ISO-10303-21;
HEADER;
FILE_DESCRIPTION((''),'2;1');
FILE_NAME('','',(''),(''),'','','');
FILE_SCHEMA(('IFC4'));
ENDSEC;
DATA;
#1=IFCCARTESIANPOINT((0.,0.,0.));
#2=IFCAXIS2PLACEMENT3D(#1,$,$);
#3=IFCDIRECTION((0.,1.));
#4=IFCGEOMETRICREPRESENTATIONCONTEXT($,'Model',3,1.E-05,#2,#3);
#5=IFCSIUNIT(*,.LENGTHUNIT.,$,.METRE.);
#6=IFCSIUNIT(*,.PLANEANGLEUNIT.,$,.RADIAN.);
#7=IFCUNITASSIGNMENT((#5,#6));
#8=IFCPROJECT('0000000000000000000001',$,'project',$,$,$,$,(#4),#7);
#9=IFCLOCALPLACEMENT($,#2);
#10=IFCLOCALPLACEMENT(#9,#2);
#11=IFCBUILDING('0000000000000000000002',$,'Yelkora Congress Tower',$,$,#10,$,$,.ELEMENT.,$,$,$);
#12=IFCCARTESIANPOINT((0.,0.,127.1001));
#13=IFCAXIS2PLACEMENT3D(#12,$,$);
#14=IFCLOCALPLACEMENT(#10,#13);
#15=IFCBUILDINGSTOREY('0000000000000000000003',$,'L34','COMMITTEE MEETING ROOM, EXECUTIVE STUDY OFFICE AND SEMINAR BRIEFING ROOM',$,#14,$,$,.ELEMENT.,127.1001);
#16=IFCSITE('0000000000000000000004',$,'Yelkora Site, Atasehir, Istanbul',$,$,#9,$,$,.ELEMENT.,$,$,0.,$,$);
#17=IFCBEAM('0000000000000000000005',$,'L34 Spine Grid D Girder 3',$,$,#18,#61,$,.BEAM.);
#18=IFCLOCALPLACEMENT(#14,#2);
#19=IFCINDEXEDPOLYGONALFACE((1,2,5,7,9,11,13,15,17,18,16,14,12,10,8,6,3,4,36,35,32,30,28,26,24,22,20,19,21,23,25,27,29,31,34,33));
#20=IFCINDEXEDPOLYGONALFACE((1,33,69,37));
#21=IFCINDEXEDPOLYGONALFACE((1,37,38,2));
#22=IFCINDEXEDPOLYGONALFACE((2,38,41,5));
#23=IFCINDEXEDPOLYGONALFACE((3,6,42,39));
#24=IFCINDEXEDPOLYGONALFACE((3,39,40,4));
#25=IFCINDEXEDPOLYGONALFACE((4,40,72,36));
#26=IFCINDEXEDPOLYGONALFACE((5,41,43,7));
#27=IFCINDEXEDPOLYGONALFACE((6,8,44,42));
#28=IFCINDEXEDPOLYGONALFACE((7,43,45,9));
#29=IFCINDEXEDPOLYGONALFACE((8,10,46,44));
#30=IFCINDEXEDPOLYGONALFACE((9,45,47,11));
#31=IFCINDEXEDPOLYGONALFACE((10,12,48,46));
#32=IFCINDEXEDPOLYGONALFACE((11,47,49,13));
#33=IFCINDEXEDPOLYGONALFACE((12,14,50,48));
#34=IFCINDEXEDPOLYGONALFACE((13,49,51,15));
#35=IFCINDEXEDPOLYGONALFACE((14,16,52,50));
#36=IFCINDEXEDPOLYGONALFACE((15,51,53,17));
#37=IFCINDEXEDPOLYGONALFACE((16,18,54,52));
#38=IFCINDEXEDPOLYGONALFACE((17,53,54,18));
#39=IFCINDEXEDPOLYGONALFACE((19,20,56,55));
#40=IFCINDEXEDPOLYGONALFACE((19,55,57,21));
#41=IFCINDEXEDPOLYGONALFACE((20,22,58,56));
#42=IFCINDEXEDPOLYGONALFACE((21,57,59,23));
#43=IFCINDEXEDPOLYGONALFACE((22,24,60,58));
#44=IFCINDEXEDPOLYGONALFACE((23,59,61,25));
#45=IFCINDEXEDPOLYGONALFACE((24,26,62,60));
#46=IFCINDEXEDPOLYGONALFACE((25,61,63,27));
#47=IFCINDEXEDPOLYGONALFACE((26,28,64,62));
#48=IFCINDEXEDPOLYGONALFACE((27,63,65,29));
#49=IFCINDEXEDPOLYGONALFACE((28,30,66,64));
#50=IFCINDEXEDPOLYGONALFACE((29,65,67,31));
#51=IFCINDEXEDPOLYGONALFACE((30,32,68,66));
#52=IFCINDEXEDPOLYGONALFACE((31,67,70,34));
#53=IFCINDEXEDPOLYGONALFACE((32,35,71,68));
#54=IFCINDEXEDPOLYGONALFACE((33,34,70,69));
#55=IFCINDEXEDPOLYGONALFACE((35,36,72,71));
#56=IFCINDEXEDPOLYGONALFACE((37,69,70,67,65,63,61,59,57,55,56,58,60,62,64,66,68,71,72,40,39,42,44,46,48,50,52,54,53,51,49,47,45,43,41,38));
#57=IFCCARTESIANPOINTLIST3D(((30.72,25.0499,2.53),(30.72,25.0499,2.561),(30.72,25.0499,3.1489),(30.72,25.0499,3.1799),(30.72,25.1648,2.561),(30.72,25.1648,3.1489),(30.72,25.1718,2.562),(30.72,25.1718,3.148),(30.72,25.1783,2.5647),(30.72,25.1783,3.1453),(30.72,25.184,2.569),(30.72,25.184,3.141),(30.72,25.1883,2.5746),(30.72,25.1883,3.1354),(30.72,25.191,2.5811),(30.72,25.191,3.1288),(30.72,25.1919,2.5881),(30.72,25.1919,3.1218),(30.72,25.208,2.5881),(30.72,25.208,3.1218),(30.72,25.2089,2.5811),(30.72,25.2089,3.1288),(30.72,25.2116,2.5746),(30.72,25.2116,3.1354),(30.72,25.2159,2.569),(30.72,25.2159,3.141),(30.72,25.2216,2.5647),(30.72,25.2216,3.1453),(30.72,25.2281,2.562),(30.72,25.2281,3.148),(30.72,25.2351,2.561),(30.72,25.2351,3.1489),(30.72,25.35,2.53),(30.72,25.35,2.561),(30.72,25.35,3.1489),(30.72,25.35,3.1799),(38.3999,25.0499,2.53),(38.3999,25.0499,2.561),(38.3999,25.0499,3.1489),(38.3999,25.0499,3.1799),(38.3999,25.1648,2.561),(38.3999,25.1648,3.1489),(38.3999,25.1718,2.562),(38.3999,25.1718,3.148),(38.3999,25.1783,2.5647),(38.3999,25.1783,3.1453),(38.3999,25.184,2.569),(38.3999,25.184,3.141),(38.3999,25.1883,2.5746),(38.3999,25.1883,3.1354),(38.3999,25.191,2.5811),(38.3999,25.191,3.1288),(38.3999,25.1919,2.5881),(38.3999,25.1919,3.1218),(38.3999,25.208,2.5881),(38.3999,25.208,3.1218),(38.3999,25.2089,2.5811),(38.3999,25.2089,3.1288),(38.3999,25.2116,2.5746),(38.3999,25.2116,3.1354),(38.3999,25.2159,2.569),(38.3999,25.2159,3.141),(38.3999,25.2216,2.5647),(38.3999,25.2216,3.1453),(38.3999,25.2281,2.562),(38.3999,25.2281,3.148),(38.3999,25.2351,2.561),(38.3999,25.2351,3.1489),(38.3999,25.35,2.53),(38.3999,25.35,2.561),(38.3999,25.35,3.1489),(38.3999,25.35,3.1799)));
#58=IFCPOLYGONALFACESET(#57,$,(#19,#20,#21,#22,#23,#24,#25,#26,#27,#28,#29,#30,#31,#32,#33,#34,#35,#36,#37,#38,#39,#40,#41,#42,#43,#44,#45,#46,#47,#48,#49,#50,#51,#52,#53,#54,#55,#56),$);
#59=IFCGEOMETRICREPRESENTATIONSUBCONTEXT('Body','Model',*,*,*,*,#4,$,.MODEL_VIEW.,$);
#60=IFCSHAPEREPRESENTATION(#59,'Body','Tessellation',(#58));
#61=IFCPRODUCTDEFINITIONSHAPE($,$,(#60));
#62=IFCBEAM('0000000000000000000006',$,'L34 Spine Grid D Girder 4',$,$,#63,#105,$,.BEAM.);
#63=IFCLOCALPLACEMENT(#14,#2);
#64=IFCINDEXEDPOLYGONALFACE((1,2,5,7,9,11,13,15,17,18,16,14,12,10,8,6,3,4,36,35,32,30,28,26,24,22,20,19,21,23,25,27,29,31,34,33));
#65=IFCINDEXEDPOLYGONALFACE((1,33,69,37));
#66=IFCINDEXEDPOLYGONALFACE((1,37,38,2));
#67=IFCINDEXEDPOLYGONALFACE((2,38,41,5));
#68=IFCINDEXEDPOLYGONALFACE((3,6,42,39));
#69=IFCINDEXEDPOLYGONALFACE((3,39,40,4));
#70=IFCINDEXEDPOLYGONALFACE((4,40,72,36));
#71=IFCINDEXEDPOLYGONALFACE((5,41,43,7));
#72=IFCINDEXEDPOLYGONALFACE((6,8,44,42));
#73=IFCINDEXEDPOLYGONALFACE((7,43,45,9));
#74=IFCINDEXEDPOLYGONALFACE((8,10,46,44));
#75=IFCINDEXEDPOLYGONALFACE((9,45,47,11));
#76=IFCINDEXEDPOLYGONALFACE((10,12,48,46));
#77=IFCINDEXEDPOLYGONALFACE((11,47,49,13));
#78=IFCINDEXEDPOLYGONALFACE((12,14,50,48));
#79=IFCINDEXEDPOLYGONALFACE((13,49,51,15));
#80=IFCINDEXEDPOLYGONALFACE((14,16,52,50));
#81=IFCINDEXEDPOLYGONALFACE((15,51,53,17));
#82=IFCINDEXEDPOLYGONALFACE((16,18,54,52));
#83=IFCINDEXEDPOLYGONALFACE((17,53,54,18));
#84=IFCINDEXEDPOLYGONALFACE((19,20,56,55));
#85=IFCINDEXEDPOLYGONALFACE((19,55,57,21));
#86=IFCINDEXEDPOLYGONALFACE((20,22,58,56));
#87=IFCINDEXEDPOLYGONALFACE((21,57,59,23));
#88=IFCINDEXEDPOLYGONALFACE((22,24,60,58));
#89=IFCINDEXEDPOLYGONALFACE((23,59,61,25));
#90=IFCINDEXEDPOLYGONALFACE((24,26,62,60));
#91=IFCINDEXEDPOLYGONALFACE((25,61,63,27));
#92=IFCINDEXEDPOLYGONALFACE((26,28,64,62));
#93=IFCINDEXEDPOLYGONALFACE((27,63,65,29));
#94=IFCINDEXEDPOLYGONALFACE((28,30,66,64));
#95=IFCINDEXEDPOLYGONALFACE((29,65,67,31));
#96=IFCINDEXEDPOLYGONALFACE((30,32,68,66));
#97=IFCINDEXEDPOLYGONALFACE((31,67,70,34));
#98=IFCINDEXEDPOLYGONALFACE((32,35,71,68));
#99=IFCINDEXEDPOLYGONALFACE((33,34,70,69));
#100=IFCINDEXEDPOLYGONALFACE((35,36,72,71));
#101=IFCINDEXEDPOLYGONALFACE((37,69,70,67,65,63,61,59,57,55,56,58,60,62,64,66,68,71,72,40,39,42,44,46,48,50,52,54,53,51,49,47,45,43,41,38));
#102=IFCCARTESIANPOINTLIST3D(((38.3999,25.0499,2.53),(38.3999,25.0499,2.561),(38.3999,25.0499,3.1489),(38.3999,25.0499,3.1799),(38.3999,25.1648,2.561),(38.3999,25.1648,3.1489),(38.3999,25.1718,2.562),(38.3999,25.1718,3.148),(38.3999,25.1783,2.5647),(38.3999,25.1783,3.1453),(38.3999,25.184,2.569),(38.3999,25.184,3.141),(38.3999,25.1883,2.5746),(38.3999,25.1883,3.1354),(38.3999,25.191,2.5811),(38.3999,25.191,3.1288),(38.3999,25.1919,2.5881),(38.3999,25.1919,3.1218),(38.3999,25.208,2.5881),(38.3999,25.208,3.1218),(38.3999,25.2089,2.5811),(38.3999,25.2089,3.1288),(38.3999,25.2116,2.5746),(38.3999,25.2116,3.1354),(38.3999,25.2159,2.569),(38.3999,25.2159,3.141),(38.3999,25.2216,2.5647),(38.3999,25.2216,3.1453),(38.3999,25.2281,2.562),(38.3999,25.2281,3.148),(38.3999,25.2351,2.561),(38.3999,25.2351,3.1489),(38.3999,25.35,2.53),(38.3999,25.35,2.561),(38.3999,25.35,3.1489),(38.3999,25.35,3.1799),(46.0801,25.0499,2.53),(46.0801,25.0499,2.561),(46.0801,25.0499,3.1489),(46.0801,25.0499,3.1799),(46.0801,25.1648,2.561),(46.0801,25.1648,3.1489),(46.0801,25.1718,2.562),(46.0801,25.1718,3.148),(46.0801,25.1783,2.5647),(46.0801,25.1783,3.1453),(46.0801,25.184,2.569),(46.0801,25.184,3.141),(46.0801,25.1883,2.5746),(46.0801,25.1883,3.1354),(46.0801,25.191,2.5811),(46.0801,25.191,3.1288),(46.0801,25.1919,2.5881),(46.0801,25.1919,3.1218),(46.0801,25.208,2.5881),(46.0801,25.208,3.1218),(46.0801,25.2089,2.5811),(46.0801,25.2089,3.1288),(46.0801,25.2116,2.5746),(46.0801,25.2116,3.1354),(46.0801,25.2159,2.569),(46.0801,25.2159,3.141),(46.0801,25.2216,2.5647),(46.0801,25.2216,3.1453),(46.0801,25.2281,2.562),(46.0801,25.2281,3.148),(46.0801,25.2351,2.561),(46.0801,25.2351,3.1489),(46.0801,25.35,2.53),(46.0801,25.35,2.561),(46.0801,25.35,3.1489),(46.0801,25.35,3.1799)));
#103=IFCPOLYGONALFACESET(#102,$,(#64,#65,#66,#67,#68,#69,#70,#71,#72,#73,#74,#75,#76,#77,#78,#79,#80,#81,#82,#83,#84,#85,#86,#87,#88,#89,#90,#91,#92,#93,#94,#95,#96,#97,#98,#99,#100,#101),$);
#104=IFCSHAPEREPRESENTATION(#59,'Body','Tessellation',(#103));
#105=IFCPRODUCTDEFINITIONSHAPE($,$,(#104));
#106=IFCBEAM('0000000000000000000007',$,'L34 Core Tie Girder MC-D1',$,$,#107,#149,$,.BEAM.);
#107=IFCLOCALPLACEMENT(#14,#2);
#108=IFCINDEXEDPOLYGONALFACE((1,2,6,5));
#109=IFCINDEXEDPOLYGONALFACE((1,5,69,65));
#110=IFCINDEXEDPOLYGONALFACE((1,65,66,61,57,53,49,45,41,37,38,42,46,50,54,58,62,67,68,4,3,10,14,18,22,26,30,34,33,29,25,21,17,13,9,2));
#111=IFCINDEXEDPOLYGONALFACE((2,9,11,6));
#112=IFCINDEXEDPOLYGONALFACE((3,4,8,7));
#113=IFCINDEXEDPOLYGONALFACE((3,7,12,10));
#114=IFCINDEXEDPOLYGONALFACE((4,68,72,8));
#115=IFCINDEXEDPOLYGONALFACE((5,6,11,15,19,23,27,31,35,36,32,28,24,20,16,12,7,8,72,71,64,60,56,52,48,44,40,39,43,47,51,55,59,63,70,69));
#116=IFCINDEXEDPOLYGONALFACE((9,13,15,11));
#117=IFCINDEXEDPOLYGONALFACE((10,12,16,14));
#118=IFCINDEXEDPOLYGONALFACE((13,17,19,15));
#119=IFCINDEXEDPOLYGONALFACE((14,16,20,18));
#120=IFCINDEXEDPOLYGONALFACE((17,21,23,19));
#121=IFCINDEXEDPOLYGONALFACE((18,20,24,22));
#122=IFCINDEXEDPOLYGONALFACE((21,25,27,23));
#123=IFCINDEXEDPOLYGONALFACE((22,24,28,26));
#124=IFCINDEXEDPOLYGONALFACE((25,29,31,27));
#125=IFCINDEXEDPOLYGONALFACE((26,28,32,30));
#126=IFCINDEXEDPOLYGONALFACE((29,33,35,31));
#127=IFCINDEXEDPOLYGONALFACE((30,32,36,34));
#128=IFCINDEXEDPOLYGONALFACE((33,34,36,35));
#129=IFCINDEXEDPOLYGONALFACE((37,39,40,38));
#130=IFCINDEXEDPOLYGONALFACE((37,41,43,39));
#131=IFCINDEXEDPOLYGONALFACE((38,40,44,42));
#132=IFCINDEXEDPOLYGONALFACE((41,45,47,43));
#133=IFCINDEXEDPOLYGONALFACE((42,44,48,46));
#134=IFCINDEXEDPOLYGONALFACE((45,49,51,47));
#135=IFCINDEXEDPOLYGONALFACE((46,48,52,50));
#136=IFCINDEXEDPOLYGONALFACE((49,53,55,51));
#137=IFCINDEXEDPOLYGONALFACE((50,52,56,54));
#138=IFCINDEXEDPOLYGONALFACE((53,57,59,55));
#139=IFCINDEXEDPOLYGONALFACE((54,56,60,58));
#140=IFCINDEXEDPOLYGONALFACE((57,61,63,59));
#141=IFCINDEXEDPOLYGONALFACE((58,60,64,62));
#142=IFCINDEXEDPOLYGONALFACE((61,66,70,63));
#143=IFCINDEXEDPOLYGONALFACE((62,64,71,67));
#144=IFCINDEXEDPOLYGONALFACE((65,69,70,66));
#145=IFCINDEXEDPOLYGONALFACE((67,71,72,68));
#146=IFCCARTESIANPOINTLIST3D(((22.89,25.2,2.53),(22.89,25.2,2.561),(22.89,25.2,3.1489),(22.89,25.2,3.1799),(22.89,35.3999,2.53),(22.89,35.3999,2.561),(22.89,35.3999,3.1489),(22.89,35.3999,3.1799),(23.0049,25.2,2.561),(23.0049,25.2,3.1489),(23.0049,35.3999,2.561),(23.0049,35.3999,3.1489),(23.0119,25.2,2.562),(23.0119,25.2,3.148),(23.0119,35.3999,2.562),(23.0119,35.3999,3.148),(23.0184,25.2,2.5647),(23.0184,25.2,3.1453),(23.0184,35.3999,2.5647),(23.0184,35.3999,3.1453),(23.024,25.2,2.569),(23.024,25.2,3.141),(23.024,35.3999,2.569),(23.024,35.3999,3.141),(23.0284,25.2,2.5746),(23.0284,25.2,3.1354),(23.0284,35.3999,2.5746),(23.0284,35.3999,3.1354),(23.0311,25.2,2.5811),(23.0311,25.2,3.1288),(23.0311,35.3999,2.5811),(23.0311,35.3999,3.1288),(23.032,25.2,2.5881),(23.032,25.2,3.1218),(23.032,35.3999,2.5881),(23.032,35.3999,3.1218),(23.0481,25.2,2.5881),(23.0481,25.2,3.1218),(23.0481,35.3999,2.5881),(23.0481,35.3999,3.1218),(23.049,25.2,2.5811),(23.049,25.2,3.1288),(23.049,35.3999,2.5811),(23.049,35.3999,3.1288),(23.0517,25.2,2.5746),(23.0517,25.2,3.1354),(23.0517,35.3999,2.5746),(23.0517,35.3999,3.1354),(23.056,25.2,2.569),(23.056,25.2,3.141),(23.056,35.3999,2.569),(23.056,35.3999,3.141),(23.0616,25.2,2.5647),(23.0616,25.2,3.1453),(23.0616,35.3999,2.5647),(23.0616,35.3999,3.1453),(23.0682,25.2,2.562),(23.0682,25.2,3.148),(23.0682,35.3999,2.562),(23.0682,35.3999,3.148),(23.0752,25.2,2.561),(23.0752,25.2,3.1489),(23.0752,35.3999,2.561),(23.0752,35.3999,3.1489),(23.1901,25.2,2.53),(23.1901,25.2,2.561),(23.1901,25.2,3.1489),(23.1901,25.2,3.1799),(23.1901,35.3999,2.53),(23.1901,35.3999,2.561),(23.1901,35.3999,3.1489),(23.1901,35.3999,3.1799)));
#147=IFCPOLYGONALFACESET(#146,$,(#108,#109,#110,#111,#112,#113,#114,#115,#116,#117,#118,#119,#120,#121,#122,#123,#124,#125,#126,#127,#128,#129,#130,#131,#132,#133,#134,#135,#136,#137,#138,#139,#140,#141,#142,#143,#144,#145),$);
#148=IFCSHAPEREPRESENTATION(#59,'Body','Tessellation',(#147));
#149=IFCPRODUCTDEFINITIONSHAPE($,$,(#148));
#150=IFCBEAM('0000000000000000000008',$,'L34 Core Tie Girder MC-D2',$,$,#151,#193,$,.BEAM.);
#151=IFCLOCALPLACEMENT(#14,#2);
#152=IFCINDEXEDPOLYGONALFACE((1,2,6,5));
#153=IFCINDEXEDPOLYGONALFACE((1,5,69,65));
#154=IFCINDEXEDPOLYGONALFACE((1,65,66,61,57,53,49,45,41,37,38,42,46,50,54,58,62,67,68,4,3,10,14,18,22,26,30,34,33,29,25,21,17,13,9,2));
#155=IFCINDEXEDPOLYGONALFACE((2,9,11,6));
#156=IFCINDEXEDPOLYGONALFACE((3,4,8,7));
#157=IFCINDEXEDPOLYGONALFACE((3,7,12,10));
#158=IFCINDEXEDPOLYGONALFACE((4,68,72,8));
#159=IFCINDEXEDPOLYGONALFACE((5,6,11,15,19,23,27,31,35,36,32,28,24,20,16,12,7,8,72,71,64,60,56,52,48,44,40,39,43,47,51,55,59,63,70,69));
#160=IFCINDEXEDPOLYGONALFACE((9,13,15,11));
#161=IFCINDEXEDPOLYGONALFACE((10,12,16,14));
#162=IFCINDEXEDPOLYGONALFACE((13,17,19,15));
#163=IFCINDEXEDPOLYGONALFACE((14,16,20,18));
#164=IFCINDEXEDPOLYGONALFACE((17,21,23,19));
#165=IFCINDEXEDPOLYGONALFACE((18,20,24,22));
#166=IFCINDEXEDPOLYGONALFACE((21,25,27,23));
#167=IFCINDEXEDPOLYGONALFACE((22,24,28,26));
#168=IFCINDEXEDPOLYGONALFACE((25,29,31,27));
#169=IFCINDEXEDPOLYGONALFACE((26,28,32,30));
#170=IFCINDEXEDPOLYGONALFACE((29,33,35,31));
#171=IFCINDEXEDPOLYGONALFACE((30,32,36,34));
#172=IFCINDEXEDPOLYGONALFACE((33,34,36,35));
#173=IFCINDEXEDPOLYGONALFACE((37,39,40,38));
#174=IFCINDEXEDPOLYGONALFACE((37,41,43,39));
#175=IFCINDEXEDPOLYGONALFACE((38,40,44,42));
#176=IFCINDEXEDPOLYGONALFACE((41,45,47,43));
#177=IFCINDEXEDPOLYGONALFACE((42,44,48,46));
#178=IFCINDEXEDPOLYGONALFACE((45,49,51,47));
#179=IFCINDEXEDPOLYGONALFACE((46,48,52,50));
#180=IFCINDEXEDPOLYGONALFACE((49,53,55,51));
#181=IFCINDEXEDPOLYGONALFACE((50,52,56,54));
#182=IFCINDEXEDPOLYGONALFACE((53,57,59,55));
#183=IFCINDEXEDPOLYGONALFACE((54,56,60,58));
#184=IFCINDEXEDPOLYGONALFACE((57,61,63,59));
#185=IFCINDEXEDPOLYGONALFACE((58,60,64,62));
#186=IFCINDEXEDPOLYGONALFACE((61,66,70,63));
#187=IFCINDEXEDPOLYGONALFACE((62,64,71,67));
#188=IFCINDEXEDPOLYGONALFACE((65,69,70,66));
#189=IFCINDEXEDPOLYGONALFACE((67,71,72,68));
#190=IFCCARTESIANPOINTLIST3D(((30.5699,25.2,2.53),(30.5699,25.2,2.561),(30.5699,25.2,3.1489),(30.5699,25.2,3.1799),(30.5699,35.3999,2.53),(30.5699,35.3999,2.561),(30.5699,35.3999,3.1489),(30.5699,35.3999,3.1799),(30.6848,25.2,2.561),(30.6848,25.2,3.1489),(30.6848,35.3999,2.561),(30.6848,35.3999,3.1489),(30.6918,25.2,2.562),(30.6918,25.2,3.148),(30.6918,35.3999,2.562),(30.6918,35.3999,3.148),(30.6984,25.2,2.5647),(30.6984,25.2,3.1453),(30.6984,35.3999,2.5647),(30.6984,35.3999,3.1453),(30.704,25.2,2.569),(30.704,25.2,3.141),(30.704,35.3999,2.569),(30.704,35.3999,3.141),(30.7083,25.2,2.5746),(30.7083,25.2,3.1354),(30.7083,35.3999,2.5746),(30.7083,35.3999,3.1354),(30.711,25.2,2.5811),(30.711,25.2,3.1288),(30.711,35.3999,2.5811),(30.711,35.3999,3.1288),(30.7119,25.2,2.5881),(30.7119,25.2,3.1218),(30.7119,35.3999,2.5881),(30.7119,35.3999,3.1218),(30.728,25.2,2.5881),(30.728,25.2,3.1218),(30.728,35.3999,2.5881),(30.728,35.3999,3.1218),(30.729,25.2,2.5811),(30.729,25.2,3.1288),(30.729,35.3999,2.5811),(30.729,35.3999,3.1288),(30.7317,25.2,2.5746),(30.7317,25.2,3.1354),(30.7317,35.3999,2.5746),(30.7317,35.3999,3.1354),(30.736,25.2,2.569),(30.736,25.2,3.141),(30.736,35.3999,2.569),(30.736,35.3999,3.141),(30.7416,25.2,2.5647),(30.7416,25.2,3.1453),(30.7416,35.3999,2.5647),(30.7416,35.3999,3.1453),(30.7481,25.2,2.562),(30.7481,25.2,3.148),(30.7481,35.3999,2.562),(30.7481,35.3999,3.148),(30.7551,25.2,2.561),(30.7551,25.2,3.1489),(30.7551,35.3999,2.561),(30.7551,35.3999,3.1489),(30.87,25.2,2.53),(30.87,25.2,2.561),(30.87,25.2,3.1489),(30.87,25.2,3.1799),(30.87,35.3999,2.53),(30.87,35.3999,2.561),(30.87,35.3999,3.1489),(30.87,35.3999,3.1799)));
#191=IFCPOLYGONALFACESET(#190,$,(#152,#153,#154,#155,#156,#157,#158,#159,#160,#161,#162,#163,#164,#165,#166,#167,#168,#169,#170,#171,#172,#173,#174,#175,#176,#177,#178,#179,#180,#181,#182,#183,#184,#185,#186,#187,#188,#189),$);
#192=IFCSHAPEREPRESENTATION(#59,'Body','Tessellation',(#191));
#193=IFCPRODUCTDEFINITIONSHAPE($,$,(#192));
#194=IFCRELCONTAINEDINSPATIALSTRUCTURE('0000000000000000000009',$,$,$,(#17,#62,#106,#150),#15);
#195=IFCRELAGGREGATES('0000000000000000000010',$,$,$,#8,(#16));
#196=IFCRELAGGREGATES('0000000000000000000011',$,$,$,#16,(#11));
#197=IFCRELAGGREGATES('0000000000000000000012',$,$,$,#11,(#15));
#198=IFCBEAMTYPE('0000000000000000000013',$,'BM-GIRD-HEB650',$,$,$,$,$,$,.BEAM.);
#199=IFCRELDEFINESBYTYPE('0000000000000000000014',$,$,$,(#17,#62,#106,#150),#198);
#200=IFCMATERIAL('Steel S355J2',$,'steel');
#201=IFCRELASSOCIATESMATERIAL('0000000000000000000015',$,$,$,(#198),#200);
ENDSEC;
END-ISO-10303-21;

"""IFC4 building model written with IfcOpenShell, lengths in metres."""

from ifc_helpers import new_model, si_unit, direction, frame, origin, origin_2d, place, context, subcontext, project, spatial, i_section, extrude, material, material_profile, profile_set, type_object, element, save


model = new_model("IFC4")

# Units and contexts
model_context = context("Model", 3, precision=1e-05, world=origin(), true_north=direction((0.0, 1.0)))
body_context = subcontext(model_context, "Body", "Model", "MODEL_VIEW")
ifc_project = project(units=[si_unit("LENGTHUNIT", "METRE"), si_unit("PLANEANGLEUNIT", "RADIAN")], contexts=[model_context])

# Site, building, storey
site_placement = place(None, origin())
site = spatial("IfcSite", under=ifc_project, at=site_placement, Name="Yelkora Site, Atasehir, Istanbul", CompositionType="ELEMENT", RefElevation=0.0)
building_placement = place(site_placement, origin())
building = spatial("IfcBuilding", under=site, at=building_placement, Name="Yelkora Congress Tower", CompositionType="ELEMENT")
storey_placement = place(building_placement, frame((0.0, 0.0, 127.1001)))
storey = spatial("IfcBuildingStorey", under=building, at=storey_placement, Name="L34", Description="COMMITTEE MEETING ROOM, EXECUTIVE STUDY OFFICE AND SEMINAR BRIEFING ROOM", CompositionType="ELEMENT", Elevation=127.1001)

# Beams
ifc_material_1 = material(Name="Steel S355J2", Category="steel")
ifc_material_profile_1 = material_profile(ifc_material_1, i_section(OverallWidth=0.3, OverallDepth=0.6499, WebThickness=0.0161, FlangeThickness=0.031, FilletRadius=0.0271, at=origin_2d()), Name="HEB 650")
ifc_profile_set_1 = profile_set([ifc_material_profile_1], Name="Steel S355J2")
beam_type_1 = type_object("IfcBeamType", Name="BM-GIRD-HEB650", PredefinedType="BEAM", material=ifc_profile_set_1)
for number, where, z_axis, x_axis, name in (
    (1, (30.72, 25.2, 2.855), (1.0, 0.0, 0.0), (0.0, 1.0, 0.0), "L34 Spine Grid D Girder 3"),
):
    element("IfcBeam", number, at=place(storey_placement, frame(where, z_axis=z_axis, x_axis=x_axis)), inside=storey, type_object=beam_type_1, Name=name, PredefinedType="BEAM", context=body_context, shape_type="SweptSolid", body=[
        extrude(i_section(OverallWidth=0.3, OverallDepth=0.6499, WebThickness=0.0161, FlangeThickness=0.031, FilletRadius=0.0271, at=origin_2d()), origin(), (0.0, 0.0, 1.0), 7.6799),
    ])
beam_1_placement = place(storey_placement, frame((38.3999, 25.2, 2.855), z_axis=(1.0, 0.0, 0.0), x_axis=(0.0, 1.0, 0.0)))
element("IfcBeam", 2, at=beam_1_placement, inside=storey, type_object=beam_type_1, Name="L34 Spine Grid D Girder 4", PredefinedType="BEAM", context=body_context, shape_type="SweptSolid", body=[
    extrude(i_section(OverallWidth=0.3, OverallDepth=0.6499, WebThickness=0.0161, FlangeThickness=0.031, FilletRadius=0.0271, at=origin_2d()), origin(), (0.0, 0.0, 1.0), 7.6802),
])
for number, where, z_axis, x_axis, name in (
    (3, (23.04, 25.2, 2.855), (0.0, 1.0, 0.0), (-1.0, 0.0, 0.0), "L34 Core Tie Girder MC-D1"),
    (4, (30.72, 25.2, 2.855), (0.0, 1.0, 0.0), (-1.0, 0.0, 0.0), "L34 Core Tie Girder MC-D2"),
):
    element("IfcBeam", number, at=place(storey_placement, frame(where, z_axis=z_axis, x_axis=x_axis)), inside=storey, type_object=beam_type_1, Name=name, PredefinedType="BEAM", context=body_context, shape_type="SweptSolid", body=[
        extrude(i_section(OverallWidth=0.3, OverallDepth=0.6499, WebThickness=0.0161, FlangeThickness=0.031, FilletRadius=0.0271, at=origin_2d()), origin(), (0.0, 0.0, 1.0), 10.2),
    ])

save(model, "model.ifc")
